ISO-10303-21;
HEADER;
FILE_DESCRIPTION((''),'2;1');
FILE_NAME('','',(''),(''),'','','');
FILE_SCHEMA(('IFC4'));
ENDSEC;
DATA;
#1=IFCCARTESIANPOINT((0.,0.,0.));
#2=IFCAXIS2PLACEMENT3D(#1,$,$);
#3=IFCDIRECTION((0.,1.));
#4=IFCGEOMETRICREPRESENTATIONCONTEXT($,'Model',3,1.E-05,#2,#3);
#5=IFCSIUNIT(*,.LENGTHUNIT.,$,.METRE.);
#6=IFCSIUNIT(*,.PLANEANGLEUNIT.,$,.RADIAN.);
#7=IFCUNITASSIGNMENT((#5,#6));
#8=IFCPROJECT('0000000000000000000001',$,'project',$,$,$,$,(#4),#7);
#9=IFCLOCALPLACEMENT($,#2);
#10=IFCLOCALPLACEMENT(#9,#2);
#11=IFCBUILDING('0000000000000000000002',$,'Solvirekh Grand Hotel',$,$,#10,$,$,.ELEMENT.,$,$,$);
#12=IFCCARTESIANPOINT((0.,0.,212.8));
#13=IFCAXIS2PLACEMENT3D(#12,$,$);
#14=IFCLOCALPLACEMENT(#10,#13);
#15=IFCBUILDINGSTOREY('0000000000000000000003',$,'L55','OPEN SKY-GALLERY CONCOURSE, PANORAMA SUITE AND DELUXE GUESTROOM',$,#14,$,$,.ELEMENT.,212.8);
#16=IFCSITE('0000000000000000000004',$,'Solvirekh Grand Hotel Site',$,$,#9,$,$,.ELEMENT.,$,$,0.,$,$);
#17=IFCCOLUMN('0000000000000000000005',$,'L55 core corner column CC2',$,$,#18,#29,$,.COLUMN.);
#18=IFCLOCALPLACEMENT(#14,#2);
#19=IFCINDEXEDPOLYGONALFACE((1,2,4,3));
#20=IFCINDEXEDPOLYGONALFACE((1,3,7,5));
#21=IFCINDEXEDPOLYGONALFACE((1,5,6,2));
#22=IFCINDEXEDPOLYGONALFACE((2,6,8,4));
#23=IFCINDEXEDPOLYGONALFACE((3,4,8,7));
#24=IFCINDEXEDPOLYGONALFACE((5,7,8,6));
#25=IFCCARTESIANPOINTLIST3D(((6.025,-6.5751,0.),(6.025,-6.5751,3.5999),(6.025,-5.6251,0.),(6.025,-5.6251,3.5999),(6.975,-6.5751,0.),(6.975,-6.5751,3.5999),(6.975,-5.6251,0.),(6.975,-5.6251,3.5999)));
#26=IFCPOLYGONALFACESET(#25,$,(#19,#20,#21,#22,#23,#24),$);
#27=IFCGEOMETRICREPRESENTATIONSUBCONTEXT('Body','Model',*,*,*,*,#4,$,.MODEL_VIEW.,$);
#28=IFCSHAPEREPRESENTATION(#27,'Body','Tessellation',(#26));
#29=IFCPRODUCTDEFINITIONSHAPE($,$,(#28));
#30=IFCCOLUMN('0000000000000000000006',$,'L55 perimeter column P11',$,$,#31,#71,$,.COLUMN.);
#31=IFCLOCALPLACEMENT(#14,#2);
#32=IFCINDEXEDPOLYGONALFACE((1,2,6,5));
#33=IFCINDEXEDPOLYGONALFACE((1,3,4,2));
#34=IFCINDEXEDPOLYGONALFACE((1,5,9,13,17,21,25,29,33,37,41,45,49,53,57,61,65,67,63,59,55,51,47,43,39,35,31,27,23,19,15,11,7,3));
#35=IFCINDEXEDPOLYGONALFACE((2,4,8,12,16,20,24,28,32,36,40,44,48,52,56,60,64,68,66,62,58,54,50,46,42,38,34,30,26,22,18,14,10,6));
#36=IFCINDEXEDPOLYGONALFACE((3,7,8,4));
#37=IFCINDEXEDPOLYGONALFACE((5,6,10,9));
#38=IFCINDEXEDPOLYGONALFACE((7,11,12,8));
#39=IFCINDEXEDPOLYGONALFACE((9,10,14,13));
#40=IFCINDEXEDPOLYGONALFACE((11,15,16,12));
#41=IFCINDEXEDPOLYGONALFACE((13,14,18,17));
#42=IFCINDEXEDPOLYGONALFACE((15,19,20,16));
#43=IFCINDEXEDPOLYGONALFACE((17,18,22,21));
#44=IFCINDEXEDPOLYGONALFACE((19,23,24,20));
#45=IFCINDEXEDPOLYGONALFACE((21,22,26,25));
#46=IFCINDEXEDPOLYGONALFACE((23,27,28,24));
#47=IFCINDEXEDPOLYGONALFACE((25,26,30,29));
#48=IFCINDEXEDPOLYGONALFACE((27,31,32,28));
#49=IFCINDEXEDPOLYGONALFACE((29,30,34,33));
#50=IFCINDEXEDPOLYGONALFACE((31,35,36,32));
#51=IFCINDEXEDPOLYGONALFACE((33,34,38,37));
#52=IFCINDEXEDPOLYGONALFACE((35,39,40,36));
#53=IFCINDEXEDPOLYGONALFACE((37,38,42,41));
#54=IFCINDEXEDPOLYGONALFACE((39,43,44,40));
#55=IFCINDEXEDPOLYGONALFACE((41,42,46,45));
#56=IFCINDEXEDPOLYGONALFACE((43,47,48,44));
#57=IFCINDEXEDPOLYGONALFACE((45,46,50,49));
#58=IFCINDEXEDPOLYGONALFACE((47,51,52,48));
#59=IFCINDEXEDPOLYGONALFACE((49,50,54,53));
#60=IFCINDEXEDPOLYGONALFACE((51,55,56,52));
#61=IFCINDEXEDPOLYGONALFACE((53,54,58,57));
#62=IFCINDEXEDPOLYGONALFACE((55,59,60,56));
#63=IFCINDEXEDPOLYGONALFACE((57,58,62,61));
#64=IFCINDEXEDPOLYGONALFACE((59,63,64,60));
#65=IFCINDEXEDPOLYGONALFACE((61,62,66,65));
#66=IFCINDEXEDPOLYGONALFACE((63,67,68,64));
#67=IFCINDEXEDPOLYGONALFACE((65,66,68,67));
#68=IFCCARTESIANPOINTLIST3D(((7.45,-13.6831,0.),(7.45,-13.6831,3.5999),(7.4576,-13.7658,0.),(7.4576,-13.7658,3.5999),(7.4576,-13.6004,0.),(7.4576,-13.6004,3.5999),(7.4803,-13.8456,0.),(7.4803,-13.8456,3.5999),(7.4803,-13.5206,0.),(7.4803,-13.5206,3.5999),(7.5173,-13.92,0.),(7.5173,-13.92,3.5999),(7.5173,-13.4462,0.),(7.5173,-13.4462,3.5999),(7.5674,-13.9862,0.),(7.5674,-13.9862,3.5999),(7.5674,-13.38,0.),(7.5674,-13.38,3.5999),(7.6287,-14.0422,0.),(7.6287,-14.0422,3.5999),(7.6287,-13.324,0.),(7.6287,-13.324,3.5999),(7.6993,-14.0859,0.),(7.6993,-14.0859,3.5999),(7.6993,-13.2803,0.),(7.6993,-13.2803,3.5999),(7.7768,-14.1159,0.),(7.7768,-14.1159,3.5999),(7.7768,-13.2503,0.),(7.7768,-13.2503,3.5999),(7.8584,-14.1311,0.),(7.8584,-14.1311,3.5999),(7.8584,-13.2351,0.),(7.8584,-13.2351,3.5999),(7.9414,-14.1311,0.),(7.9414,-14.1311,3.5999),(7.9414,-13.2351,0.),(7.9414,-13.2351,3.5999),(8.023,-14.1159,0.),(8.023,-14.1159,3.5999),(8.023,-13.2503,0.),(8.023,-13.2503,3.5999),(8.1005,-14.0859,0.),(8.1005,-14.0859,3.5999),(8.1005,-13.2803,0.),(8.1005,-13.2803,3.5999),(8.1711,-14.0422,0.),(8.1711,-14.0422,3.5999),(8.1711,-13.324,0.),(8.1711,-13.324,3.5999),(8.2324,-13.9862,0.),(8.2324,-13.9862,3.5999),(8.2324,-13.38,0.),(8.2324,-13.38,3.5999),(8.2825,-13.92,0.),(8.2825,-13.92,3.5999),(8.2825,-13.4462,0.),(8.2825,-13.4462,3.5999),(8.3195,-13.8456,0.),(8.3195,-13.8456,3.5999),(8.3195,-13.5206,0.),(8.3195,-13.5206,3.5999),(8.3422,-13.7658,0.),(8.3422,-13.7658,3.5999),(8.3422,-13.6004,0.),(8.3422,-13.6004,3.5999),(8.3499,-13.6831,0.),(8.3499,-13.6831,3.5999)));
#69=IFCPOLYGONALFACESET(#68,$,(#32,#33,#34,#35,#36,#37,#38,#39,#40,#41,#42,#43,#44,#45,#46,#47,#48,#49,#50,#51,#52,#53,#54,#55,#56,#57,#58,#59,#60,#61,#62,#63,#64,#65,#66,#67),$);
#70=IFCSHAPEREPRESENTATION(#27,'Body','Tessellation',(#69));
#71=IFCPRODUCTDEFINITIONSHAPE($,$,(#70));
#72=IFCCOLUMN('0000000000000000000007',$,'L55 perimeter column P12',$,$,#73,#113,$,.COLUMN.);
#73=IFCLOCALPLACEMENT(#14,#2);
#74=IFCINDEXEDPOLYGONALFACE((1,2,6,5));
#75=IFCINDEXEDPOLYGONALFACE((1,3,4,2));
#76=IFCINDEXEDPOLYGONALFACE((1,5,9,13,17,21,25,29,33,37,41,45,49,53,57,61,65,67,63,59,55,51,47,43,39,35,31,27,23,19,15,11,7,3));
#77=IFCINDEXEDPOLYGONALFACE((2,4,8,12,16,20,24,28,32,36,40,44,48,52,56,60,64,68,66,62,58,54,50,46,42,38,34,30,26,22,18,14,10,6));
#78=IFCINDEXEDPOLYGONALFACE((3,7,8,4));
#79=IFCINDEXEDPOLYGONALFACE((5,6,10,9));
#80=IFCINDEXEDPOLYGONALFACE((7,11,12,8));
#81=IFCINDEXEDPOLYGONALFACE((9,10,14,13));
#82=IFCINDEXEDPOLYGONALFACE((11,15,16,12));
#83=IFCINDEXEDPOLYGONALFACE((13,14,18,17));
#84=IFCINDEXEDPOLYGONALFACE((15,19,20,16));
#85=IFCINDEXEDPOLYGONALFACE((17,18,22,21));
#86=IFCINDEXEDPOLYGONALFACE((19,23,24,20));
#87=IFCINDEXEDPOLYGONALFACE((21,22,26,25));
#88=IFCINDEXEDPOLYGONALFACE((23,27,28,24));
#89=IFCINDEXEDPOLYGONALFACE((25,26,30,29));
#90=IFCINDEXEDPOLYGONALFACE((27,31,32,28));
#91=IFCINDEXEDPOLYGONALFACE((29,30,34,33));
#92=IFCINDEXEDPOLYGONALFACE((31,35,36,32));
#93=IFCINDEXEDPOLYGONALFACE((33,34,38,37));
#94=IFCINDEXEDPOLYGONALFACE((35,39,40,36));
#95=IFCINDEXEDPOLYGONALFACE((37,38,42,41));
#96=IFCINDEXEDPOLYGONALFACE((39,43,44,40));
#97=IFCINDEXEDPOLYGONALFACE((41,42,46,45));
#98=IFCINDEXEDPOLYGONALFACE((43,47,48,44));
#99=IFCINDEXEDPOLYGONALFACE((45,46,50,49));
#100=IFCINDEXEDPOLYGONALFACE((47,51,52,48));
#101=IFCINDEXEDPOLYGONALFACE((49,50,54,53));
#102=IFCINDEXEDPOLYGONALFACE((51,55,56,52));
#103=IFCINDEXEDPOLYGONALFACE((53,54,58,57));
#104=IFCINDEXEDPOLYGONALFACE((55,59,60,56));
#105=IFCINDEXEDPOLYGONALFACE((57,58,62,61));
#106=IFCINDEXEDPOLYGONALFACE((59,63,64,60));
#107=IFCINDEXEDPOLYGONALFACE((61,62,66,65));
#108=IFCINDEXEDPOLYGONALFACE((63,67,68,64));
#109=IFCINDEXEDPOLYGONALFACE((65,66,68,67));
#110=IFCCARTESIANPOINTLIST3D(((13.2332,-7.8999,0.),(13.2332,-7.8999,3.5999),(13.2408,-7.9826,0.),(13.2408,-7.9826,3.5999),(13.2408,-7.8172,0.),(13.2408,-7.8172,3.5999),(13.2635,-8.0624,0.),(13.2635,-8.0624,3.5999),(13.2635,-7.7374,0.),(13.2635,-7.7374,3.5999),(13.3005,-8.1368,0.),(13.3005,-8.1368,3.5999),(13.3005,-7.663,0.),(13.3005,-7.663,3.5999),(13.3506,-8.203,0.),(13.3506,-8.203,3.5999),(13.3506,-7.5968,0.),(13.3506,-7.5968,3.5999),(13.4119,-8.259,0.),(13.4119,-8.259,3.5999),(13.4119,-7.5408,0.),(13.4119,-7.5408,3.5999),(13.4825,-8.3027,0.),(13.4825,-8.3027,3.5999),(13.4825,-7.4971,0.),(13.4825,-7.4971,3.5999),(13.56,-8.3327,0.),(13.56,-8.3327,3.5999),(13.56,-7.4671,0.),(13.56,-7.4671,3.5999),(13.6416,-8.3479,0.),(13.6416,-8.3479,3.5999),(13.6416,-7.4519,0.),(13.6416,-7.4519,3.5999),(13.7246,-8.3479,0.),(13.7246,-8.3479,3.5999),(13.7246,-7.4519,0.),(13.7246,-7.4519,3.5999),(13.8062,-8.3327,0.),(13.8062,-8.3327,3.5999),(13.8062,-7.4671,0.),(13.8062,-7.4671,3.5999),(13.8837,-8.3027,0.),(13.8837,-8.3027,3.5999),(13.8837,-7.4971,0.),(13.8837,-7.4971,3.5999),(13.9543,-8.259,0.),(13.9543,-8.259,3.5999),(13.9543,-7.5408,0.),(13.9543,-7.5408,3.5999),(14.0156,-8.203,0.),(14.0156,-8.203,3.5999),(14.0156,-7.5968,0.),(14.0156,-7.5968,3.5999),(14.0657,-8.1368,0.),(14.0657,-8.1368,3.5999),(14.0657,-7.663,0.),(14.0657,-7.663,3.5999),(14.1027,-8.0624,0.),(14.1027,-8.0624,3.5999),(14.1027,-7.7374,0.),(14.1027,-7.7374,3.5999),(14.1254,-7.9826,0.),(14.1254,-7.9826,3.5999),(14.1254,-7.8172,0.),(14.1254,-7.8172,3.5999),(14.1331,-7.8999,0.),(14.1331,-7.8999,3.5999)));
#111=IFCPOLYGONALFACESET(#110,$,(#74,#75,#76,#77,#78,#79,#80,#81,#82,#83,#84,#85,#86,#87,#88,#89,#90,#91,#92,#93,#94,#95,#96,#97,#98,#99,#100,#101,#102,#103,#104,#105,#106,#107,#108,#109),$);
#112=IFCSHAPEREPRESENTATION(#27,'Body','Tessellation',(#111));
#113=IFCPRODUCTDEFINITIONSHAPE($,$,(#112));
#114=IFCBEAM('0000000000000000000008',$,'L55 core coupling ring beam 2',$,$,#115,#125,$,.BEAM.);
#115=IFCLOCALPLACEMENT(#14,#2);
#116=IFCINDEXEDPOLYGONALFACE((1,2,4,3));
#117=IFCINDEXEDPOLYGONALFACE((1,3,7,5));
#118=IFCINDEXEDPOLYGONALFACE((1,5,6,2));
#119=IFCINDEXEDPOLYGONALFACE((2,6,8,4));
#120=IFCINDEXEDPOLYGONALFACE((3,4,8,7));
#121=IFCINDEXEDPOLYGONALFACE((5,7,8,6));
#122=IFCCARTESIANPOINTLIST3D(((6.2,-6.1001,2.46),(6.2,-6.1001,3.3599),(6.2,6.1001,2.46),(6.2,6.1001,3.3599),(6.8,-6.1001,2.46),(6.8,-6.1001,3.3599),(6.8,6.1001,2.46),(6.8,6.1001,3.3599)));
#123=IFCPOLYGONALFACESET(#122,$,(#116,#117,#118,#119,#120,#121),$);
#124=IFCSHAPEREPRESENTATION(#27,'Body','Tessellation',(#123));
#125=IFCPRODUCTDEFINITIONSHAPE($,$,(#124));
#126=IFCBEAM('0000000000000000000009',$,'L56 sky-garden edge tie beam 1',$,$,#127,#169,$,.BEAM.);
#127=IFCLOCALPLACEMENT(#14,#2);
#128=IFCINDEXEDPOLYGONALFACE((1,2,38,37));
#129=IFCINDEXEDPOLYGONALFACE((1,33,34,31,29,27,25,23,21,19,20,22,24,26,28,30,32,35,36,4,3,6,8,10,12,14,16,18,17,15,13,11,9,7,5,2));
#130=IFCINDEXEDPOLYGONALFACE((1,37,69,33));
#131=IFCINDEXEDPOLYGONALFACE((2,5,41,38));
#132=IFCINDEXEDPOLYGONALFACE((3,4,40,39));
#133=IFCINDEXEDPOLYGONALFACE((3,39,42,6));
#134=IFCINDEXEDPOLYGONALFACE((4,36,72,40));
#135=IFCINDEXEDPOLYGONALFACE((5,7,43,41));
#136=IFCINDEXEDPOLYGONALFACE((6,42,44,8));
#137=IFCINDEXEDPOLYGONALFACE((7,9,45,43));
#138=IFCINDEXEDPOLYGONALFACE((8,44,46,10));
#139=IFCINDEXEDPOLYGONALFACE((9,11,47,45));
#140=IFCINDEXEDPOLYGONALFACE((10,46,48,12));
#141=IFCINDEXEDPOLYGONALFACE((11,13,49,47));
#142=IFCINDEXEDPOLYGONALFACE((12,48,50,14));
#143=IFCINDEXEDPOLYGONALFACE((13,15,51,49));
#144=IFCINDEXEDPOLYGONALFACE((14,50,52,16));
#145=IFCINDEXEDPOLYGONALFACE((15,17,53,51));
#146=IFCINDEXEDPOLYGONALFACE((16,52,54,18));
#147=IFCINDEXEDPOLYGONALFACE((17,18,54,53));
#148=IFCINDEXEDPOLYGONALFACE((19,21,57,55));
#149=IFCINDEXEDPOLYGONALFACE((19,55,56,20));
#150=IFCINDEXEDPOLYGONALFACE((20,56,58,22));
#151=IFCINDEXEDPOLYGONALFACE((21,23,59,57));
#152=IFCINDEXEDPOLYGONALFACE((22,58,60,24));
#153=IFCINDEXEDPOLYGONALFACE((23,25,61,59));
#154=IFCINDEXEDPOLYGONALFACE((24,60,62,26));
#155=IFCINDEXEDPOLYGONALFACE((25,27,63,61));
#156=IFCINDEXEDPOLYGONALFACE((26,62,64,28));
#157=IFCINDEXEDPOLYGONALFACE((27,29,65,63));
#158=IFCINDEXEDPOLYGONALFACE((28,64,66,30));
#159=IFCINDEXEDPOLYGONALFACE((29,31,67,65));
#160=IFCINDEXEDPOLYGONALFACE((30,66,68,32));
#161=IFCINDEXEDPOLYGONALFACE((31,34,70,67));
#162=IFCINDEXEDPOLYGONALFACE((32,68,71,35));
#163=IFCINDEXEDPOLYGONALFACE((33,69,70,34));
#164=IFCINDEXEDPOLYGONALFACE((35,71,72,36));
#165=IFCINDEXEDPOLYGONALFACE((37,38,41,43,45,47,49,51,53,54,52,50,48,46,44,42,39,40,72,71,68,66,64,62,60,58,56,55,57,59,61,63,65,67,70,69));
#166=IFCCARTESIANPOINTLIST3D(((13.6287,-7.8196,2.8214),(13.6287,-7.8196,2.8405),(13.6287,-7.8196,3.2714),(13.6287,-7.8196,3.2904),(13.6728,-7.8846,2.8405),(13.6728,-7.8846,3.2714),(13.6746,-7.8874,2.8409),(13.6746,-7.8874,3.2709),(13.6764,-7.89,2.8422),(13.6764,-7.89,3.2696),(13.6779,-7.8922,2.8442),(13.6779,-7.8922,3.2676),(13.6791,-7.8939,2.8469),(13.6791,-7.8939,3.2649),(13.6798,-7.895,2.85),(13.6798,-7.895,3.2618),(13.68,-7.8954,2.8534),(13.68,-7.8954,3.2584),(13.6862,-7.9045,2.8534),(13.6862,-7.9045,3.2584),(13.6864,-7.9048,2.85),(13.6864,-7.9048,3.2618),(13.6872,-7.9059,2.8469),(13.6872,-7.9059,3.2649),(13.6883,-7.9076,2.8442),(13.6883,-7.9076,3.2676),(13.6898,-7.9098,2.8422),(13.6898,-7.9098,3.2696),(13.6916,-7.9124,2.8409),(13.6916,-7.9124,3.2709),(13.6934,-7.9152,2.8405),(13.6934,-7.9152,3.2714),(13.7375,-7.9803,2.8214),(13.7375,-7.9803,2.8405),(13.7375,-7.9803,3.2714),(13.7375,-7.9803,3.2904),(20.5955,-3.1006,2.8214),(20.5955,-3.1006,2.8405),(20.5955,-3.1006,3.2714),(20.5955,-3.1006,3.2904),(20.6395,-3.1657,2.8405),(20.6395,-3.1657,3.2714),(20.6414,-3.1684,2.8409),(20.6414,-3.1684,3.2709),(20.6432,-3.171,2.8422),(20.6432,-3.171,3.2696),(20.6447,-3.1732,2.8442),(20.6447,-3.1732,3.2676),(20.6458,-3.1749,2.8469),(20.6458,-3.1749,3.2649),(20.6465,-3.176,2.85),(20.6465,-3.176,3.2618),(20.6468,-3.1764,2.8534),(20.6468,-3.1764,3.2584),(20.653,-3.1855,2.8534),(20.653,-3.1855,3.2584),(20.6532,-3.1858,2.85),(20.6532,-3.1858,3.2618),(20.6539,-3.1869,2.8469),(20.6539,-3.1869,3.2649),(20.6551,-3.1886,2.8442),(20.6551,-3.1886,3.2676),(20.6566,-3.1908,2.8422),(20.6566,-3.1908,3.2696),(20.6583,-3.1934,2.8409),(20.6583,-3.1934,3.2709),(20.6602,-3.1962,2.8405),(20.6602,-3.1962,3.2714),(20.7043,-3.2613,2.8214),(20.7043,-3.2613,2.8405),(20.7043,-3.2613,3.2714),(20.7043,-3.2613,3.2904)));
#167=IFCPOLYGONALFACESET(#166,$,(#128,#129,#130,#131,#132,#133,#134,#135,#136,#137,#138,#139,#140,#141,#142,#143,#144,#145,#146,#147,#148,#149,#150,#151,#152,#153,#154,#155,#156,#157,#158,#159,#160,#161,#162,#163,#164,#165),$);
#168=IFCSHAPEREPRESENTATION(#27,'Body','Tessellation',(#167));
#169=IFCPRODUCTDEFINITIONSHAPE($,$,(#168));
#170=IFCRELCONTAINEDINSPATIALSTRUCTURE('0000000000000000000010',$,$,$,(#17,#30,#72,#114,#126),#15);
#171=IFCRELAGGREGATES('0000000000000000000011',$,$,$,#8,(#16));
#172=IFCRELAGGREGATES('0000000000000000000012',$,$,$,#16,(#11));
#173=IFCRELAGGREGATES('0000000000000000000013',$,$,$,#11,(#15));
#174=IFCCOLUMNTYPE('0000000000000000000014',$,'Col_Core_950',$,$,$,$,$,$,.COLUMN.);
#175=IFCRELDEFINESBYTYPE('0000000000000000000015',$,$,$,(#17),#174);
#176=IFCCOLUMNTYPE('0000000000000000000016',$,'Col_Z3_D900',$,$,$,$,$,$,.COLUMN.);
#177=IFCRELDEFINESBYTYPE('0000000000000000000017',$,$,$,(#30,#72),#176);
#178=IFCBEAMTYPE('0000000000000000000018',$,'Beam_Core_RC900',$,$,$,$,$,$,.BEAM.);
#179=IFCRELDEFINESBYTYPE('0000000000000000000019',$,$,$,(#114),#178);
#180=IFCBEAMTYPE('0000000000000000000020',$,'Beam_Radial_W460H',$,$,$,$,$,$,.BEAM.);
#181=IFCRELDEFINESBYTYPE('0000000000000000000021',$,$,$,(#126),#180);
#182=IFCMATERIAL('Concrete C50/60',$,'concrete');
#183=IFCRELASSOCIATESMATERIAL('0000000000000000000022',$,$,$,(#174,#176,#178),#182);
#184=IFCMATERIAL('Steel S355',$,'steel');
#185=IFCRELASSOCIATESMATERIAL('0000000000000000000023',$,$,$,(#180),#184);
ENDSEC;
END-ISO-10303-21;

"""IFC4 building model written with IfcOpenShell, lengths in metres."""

from ifc_helpers import new_model, si_unit, direction, frame, origin, origin_2d, place, context, subcontext, project, spatial, rectangle, circle, i_section, extrude, material, material_profile, profile_set, type_object, element, save


model = new_model("IFC4")

# Units and contexts
model_context = context("Model", 3, precision=1e-05, world=origin(), true_north=direction((0.0, 1.0)))
body_context = subcontext(model_context, "Body", "Model", "MODEL_VIEW")
ifc_project = project(units=[si_unit("LENGTHUNIT", "METRE"), si_unit("PLANEANGLEUNIT", "RADIAN")], contexts=[model_context])

# Site, building, storey
site_placement = place(None, origin())
site = spatial("IfcSite", under=ifc_project, at=site_placement, Name="Solvirekh Grand Hotel Site", CompositionType="ELEMENT", RefElevation=0.0)
building_placement = place(site_placement, origin())
building = spatial("IfcBuilding", under=site, at=building_placement, Name="Solvirekh Grand Hotel", CompositionType="ELEMENT")
storey_placement = place(building_placement, frame((0.0, 0.0, 212.8)))
storey = spatial("IfcBuildingStorey", under=building, at=storey_placement, Name="L55", Description="OPEN SKY-GALLERY CONCOURSE, PANORAMA SUITE AND DELUXE GUESTROOM", CompositionType="ELEMENT", Elevation=212.8)

# Columns
ifc_material_1 = material(Name="Concrete C50/60", Category="concrete")
ifc_material_profile_1 = material_profile(ifc_material_1, rectangle(XDim=0.95, YDim=0.95, at=origin_2d()), Name="RC 950X950")
ifc_profile_set_1 = profile_set([ifc_material_profile_1], Name="Concrete C50/60")
column_type_1 = type_object("IfcColumnType", Name="Col_Core_950", PredefinedType="COLUMN", material=ifc_profile_set_1)
column_placement = place(storey_placement, frame((6.5, -6.1001, 0.0), z_axis=(0.0, 0.0, 1.0), x_axis=(1.0, 0.0, 0.0)))
element("IfcColumn", 1, at=column_placement, inside=storey, type_object=column_type_1, Name="L55 core corner column CC2", PredefinedType="COLUMN", context=body_context, shape_type="SweptSolid", body=[
    extrude(rectangle(XDim=0.95, YDim=0.95, at=origin_2d()), origin(), (0.0, 0.0, 1.0), 3.5999),
])
ifc_material_profile_2 = material_profile(ifc_material_1, circle(Radius=0.45, at=origin_2d()), Name="RC CIRC D900")
ifc_profile_set_2 = profile_set([ifc_material_profile_2], Name="Concrete C50/60")
column_type_2 = type_object("IfcColumnType", Name="Col_Z3_D900", PredefinedType="COLUMN", material=ifc_profile_set_2)
for number, where, z_axis, x_axis, name in (
    (2, (7.8999, -13.6831, 0.0), (0.0, 0.0, 1.0), (1.0, 0.0, 0.0), "L55 perimeter column P11"),
    (3, (13.6831, -7.8999, 0.0), (0.0, 0.0, 1.0), (1.0, 0.0, 0.0), "L55 perimeter column P12"),
):
    element("IfcColumn", number, at=place(storey_placement, frame(where, z_axis=z_axis, x_axis=x_axis)), inside=storey, type_object=column_type_2, Name=name, PredefinedType="COLUMN", context=body_context, shape_type="SweptSolid", body=[
        extrude(circle(Radius=0.45, at=origin_2d()), origin(), (0.0, 0.0, 1.0), 3.5999),
    ])

# Beams
ifc_material_profile_3 = material_profile(ifc_material_1, rectangle(XDim=0.6001, YDim=0.8999, at=origin_2d()), Name="RC BEAM 600X900")
ifc_profile_set_3 = profile_set([ifc_material_profile_3], Name="Concrete C50/60")
beam_type_1 = type_object("IfcBeamType", Name="Beam_Core_RC900", PredefinedType="BEAM", material=ifc_profile_set_3)
beam_1_placement = place(storey_placement, frame((6.5, -6.1001, 2.9099), z_axis=(0.0, 1.0, 0.0), x_axis=(-1.0, 0.0, 0.0)))
element("IfcBeam", 4, at=beam_1_placement, inside=storey, type_object=beam_type_1, Name="L55 core coupling ring beam 2", PredefinedType="BEAM", context=body_context, shape_type="SweptSolid", body=[
    extrude(rectangle(XDim=0.6001, YDim=0.8999, at=origin_2d()), origin(), (0.0, 0.0, 1.0), 12.2002),
])
ifc_material_2 = material(Name="Steel S355", Category="steel")
ifc_material_profile_4 = material_profile(ifc_material_2, i_section(OverallWidth=0.1941, OverallDepth=0.469, WebThickness=0.011, FlangeThickness=0.019, FilletRadius=0.0129, at=origin_2d()), Name="W460X106")
ifc_profile_set_4 = profile_set([ifc_material_profile_4], Name="Steel S355")
beam_type_2 = type_object("IfcBeamType", Name="Beam_Radial_W460H", PredefinedType="BEAM", material=ifc_profile_set_4)
beam_2_placement = place(storey_placement, frame((13.6831, -7.8999, 3.0559), z_axis=(0.827943, 0.560812, 0.0), x_axis=(-0.560812, 0.827943, 0.0)))
element("IfcBeam", 5, at=beam_2_placement, inside=storey, type_object=beam_type_2, Name="L56 sky-garden edge tie beam 1", PredefinedType="BEAM", context=body_context, shape_type="SweptSolid", body=[
    extrude(i_section(OverallWidth=0.1941, OverallDepth=0.469, WebThickness=0.011, FlangeThickness=0.019, FilletRadius=0.0129, at=origin_2d()), origin(), (0.0, 0.0, 1.0), 8.4146),
])

save(model, "model.ifc")
